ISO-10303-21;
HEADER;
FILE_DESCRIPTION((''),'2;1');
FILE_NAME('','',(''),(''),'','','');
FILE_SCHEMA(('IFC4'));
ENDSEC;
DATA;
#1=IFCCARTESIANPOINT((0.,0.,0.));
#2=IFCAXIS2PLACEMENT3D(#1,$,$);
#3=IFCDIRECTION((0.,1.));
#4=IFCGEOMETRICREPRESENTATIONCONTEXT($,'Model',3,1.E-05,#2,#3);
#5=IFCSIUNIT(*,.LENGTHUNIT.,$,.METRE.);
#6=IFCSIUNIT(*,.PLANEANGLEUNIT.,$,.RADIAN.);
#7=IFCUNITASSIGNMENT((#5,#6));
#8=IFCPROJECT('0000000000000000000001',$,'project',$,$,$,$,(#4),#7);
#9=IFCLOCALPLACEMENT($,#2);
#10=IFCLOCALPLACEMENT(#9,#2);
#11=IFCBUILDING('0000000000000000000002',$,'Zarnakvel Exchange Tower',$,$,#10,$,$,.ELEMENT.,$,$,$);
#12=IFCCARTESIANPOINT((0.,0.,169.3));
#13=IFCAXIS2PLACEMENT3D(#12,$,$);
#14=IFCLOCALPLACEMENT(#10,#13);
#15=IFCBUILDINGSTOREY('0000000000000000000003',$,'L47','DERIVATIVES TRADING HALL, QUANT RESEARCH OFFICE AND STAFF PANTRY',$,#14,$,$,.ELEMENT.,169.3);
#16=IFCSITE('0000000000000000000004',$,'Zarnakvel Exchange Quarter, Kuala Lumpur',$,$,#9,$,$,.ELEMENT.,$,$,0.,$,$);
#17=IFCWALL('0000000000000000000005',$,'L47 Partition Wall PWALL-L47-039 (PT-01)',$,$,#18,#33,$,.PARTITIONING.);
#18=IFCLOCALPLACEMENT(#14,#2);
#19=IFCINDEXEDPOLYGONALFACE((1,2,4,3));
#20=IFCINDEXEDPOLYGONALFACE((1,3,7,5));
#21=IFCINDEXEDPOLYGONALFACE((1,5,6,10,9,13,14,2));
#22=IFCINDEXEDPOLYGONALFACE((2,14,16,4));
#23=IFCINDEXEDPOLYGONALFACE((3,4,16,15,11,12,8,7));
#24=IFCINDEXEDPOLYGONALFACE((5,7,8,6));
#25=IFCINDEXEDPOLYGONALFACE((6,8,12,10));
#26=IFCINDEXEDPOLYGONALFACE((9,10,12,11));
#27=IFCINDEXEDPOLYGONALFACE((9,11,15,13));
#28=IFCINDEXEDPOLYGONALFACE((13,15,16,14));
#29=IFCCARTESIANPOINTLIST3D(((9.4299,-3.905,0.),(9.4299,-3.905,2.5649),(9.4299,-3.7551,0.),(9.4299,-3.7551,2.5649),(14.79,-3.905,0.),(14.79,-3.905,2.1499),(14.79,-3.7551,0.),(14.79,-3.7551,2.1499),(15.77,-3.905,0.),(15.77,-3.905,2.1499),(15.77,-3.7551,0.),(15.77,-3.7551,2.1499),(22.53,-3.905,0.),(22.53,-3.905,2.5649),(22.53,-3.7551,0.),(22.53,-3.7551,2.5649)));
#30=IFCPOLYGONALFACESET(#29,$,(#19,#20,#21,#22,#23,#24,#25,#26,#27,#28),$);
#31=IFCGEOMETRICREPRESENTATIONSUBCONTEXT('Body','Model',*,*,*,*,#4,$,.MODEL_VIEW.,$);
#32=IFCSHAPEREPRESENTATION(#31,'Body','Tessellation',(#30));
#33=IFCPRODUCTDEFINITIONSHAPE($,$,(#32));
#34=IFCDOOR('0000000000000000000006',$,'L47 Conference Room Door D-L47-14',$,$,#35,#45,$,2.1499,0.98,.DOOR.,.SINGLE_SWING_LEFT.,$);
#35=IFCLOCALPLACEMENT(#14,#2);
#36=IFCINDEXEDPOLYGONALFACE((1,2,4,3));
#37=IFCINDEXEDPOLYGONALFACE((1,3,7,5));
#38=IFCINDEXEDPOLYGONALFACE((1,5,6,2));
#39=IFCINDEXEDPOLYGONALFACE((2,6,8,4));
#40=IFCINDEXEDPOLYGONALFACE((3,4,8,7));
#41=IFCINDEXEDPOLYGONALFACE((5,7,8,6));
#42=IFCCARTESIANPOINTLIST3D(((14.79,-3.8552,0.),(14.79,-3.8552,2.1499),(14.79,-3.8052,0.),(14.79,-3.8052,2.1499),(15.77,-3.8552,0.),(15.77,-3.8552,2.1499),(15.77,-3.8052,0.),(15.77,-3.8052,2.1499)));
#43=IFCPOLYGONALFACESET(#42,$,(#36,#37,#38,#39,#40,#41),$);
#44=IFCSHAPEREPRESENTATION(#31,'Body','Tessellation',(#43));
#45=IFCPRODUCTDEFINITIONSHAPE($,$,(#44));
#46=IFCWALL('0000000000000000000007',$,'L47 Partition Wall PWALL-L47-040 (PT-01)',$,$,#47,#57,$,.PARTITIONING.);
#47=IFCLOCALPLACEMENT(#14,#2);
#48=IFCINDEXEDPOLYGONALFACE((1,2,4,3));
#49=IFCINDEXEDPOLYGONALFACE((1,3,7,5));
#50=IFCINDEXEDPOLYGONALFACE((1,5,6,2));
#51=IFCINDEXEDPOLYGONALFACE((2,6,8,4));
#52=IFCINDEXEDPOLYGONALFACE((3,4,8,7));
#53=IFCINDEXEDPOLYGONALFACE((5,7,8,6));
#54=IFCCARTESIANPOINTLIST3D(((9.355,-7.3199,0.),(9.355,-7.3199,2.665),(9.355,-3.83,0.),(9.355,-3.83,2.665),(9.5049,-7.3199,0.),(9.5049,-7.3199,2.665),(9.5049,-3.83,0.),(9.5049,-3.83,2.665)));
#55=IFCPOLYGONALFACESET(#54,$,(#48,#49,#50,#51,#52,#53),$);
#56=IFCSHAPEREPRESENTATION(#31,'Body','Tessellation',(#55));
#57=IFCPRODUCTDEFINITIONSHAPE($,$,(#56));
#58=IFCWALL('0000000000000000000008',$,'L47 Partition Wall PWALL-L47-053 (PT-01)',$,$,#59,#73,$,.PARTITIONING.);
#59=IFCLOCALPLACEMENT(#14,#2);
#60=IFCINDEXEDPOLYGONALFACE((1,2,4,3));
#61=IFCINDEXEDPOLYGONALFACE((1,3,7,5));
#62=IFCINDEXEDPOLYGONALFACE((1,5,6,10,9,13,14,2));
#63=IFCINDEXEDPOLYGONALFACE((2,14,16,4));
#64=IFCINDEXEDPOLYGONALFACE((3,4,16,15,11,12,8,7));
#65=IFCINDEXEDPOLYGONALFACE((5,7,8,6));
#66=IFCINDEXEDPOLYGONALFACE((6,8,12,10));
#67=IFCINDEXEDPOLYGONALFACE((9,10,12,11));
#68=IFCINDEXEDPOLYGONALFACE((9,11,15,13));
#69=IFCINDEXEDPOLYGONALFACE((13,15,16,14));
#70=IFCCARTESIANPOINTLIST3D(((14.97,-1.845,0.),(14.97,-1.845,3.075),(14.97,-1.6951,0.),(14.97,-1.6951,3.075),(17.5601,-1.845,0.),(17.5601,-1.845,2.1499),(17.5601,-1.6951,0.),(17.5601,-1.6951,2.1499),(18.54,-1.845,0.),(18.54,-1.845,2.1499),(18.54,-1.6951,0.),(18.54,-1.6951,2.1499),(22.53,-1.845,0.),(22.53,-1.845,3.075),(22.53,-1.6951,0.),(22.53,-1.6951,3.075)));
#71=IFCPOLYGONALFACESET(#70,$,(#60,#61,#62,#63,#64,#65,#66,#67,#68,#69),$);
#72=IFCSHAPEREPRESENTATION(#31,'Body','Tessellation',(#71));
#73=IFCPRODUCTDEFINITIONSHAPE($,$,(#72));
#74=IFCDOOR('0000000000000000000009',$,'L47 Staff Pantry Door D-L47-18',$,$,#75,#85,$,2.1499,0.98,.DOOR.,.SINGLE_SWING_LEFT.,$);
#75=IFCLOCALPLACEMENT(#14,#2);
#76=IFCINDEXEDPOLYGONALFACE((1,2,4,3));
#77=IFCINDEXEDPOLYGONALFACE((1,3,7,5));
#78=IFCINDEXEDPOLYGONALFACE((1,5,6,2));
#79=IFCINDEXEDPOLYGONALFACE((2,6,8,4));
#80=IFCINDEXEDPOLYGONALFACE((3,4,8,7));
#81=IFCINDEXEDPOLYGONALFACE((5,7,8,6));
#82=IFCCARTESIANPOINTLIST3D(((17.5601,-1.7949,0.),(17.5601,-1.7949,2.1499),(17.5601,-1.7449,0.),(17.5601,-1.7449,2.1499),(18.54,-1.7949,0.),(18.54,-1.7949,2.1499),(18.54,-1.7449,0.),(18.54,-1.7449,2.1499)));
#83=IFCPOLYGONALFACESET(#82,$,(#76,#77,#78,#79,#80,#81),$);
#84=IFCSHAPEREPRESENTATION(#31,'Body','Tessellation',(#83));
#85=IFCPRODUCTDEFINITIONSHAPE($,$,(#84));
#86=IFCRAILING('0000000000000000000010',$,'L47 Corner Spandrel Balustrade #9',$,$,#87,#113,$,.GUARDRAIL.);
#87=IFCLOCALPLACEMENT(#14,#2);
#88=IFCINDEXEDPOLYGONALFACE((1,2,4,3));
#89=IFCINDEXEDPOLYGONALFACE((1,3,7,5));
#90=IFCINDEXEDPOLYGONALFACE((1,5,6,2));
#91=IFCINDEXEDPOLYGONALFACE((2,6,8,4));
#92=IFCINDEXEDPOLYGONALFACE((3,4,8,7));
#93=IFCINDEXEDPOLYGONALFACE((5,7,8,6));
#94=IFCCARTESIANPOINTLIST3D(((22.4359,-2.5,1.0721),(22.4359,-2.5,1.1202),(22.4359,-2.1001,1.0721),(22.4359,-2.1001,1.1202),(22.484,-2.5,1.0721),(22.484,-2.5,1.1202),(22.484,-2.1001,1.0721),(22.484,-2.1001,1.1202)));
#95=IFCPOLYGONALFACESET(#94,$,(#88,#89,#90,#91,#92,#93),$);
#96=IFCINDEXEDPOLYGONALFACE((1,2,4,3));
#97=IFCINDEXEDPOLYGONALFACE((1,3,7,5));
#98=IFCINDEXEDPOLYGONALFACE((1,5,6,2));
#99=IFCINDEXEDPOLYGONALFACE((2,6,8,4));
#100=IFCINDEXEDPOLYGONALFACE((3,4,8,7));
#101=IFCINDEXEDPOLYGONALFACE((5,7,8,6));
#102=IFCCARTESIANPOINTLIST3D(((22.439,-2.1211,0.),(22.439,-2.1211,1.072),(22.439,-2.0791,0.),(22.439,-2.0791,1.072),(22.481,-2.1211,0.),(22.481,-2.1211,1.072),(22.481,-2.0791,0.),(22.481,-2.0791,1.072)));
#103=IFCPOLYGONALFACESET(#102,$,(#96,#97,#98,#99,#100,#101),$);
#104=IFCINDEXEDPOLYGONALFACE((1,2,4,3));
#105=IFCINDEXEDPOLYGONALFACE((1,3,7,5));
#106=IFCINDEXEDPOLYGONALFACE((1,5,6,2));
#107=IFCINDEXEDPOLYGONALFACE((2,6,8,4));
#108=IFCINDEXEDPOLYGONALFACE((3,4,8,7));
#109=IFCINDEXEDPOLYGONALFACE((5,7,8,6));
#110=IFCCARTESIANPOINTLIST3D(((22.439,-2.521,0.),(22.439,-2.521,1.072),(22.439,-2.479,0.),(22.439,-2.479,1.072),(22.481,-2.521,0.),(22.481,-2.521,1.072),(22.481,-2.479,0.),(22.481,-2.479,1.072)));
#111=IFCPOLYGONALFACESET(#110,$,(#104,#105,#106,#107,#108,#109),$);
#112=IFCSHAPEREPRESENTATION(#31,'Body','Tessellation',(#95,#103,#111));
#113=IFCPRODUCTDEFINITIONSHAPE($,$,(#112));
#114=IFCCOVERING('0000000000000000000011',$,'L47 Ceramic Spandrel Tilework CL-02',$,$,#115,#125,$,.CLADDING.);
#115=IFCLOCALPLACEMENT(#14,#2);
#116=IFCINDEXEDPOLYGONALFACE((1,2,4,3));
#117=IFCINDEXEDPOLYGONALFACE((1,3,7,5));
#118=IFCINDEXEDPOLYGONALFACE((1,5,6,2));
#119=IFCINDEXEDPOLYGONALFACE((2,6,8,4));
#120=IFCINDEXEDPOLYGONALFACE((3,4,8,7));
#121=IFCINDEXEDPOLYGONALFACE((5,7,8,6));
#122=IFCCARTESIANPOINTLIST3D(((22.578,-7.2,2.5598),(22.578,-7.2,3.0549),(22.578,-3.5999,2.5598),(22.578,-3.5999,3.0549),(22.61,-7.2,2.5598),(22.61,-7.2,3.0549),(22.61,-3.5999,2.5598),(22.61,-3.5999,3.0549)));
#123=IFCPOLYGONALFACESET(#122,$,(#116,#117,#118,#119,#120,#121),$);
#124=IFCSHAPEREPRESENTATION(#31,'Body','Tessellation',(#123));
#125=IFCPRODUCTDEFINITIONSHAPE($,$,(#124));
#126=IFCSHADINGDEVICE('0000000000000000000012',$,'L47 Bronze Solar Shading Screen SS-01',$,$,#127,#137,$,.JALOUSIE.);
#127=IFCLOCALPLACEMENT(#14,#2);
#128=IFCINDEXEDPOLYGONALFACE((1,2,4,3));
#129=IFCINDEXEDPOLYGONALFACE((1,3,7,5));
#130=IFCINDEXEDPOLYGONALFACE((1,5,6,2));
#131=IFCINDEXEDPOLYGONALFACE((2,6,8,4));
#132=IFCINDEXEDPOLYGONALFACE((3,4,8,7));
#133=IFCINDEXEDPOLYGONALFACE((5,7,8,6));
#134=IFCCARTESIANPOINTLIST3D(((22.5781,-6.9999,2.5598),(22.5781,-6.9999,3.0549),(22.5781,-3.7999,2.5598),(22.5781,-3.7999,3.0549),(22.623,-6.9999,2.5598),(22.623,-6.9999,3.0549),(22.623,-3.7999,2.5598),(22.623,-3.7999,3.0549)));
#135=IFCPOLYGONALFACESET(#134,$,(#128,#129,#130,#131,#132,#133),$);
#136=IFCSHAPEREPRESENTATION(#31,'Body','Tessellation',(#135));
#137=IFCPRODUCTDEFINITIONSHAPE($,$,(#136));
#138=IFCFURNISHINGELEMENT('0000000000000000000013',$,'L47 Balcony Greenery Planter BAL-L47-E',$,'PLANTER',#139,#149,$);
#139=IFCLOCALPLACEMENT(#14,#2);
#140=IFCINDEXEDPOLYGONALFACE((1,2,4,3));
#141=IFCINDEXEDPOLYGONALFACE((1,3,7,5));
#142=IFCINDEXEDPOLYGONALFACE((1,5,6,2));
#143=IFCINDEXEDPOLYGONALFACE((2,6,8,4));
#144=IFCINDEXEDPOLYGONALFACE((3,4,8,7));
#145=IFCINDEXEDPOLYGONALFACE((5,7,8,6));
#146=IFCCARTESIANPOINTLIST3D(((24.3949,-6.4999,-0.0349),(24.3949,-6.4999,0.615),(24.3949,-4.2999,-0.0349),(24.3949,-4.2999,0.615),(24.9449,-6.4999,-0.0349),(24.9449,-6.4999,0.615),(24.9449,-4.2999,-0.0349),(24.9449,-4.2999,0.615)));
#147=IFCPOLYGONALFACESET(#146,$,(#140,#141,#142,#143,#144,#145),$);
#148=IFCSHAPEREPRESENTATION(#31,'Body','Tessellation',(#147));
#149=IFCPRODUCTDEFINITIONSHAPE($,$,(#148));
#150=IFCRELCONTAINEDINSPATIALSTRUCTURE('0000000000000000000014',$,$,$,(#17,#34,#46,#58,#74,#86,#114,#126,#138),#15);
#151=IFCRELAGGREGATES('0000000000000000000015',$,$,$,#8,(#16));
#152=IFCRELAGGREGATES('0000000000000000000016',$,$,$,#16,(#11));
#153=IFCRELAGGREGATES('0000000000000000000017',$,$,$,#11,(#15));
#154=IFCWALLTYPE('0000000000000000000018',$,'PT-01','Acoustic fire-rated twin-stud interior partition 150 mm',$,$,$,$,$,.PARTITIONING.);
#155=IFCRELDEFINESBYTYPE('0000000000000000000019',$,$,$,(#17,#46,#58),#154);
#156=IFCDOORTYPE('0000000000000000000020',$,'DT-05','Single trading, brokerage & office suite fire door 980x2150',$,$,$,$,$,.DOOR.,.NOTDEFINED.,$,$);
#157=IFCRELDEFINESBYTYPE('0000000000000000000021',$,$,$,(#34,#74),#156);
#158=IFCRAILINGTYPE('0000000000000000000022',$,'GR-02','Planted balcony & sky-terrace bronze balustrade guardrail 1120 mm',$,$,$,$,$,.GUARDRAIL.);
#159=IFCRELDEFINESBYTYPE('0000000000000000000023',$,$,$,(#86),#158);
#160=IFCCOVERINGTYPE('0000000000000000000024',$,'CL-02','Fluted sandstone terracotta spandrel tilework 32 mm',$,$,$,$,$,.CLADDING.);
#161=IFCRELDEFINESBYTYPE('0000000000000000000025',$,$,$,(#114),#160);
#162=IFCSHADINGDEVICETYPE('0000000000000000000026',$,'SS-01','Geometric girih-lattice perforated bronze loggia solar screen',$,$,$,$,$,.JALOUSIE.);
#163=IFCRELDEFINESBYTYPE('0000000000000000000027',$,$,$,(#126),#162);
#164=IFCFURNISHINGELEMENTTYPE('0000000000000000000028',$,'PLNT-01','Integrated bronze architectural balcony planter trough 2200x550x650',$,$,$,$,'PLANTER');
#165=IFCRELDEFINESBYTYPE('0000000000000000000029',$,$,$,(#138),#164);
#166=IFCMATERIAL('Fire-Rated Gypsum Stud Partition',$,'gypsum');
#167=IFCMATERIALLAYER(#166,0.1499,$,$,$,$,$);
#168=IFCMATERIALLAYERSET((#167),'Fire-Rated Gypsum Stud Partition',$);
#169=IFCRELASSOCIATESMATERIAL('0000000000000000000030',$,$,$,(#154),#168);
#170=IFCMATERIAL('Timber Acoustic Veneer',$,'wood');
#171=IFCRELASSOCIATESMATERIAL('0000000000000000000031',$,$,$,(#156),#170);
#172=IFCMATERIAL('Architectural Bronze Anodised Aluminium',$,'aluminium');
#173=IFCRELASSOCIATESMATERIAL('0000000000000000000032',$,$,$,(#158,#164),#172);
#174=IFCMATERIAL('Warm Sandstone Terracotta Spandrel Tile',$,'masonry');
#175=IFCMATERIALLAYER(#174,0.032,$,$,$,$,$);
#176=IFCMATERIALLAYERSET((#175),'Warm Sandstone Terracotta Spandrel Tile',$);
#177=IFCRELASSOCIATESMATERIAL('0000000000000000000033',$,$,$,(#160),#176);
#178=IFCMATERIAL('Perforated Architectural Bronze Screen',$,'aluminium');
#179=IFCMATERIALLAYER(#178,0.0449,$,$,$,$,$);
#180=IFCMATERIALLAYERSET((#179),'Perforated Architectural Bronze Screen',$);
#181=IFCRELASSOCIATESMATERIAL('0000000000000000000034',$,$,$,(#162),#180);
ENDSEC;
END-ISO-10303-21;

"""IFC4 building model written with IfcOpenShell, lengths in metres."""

from ifc_helpers import new_model, si_unit, direction, frame, frame_2d, origin, origin_2d, place, context, subcontext, project, spatial, rectangle, extrude, source, transform, mapped, material, layer, layer_set, type_object, element, fill, save


model = new_model("IFC4")

# Units and contexts
model_context = context("Model", 3, precision=1e-05, world=origin(), true_north=direction((0.0, 1.0)))
body_context = subcontext(model_context, "Body", "Model", "MODEL_VIEW")
ifc_project = project(units=[si_unit("LENGTHUNIT", "METRE"), si_unit("PLANEANGLEUNIT", "RADIAN")], contexts=[model_context])

# Site, building, storey
site_placement = place(None, origin())
site = spatial("IfcSite", under=ifc_project, at=site_placement, Name="Zarnakvel Exchange Quarter, Kuala Lumpur", CompositionType="ELEMENT", RefElevation=0.0)
building_placement = place(site_placement, origin())
building = spatial("IfcBuilding", under=site, at=building_placement, Name="Zarnakvel Exchange Tower", CompositionType="ELEMENT")
storey_placement = place(building_placement, frame((0.0, 0.0, 169.3)))
storey = spatial("IfcBuildingStorey", under=building, at=storey_placement, Name="L47", Description="DERIVATIVES TRADING HALL, QUANT RESEARCH OFFICE AND STAFF PANTRY", CompositionType="ELEMENT", Elevation=169.3)

# Shared definitions
ifc_material_1 = material(Name="Architectural Bronze Anodised Aluminium", Category="aluminium")

# Wall, opening, door
ifc_material_2 = material(Name="Fire-Rated Gypsum Stud Partition", Category="gypsum")
ifc_layer_1 = layer(ifc_material_2, 0.1499)
ifc_layer_set_1 = layer_set([ifc_layer_1], Name="Fire-Rated Gypsum Stud Partition")
wall_type_1 = type_object("IfcWallType", Name="PT-01", Description="Acoustic fire-rated twin-stud interior partition 150 mm", PredefinedType="PARTITIONING", material=ifc_layer_set_1)
ifc_material_3 = material(Name="Timber Acoustic Veneer", Category="wood")
door_type_1 = type_object("IfcDoorType", Name="DT-05", Description="Single trading, brokerage & office suite fire door 980x2150", OperationType="NOTDEFINED", PredefinedType="DOOR", material=ifc_material_3)
shared_shape_1 = source(origin(), body_context, "Body", "SweptSolid", [
    extrude(rectangle(XDim=0.98, YDim=2.1499, at=frame_2d((0.49, 1.075))), frame((0.0, 0.0249, 0.0), z_axis=(0.0, -1.0, 0.0), x_axis=(1.0, 0.0, 0.0)), (0.0, 0.0, 1.0), 0.05),
])
wall_1_placement = place(storey_placement, frame((9.4299, -3.8301, 0.0), z_axis=(0.0, 0.0, 1.0), x_axis=(1.0, 0.0, 0.0)))
wall_1 = element("IfcWall", 1, at=wall_1_placement, inside=storey, type_object=wall_type_1, Name="L47 Partition Wall PWALL-L47-039 (PT-01)", PredefinedType="PARTITIONING", context=body_context, shape_type="SweptSolid", body=[
    extrude(rectangle(XDim=13.1001, YDim=0.1499, at=frame_2d((6.55, 0.0))), origin(), (0.0, 0.0, 1.0), 2.5649),
])
opening_1_placement = place(wall_1_placement, frame((5.3601, 0.0, 0.0)))
opening_1 = element("IfcOpeningElement", 2, at=opening_1_placement, cuts=wall_1, PredefinedType="OPENING", context=body_context, shape_type="SweptSolid", body=[
    extrude(rectangle(XDim=0.98, YDim=2.1499, at=frame_2d((0.49, 1.075))), frame((0.0, 0.085, 0.0), z_axis=(0.0, -1.0, 0.0), x_axis=(1.0, 0.0, 0.0)), (0.0, 0.0, 1.0), 0.1699),
])
door_1_placement = place(opening_1_placement, origin())
door_1 = element("IfcDoor", 3, at=door_1_placement, inside=storey, type_object=door_type_1, Name="L47 Conference Room Door D-L47-14", OperationType="SINGLE_SWING_LEFT", OverallHeight=2.1499, OverallWidth=0.98, PredefinedType="DOOR", context=body_context, shape_type="MappedRepresentation", body=[
    mapped(shared_shape_1, transform((0.0, 0.0, 0.0), x_axis=(1.0, 0.0, 0.0), y_axis=(0.0, 1.0, 0.0), z_axis=(0.0, 0.0, 1.0), scale=1.0)),
])
fill(opening_1, door_1)

# Wall
wall_2_placement = place(storey_placement, frame((9.4299, -7.3201, 0.0), z_axis=(0.0, 0.0, 1.0), x_axis=(0.0, 1.0, 0.0)))
element("IfcWall", 4, at=wall_2_placement, inside=storey, type_object=wall_type_1, Name="L47 Partition Wall PWALL-L47-040 (PT-01)", PredefinedType="PARTITIONING", context=body_context, shape_type="SweptSolid", body=[
    extrude(rectangle(XDim=3.49, YDim=0.1499, at=frame_2d((1.7451, 0.0))), origin(), (0.0, 0.0, 1.0), 2.665),
])

# Wall, opening, door
wall_3_placement = place(storey_placement, frame((22.53, -1.77, 0.0), z_axis=(0.0, 0.0, 1.0), x_axis=(-1.0, 0.0, 0.0)))
wall_3 = element("IfcWall", 5, at=wall_3_placement, inside=storey, type_object=wall_type_1, Name="L47 Partition Wall PWALL-L47-053 (PT-01)", PredefinedType="PARTITIONING", context=body_context, shape_type="SweptSolid", body=[
    extrude(rectangle(XDim=7.5601, YDim=0.1499, at=frame_2d((3.78, 0.0))), origin(), (0.0, 0.0, 1.0), 3.075),
])
opening_2_placement = place(wall_3_placement, frame((3.99, 0.0, 0.0)))
opening_2 = element("IfcOpeningElement", 6, at=opening_2_placement, cuts=wall_3, PredefinedType="OPENING", context=body_context, shape_type="SweptSolid", body=[
    extrude(rectangle(XDim=0.98, YDim=2.1499, at=frame_2d((0.49, 1.075))), frame((0.0, 0.085, 0.0), z_axis=(0.0, -1.0, 0.0), x_axis=(1.0, 0.0, 0.0)), (0.0, 0.0, 1.0), 0.1699),
])
door_2_placement = place(opening_2_placement, origin())
door_2 = element("IfcDoor", 7, at=door_2_placement, inside=storey, type_object=door_type_1, Name="L47 Staff Pantry Door D-L47-18", OperationType="SINGLE_SWING_LEFT", OverallHeight=2.1499, OverallWidth=0.98, PredefinedType="DOOR", context=body_context, shape_type="MappedRepresentation", body=[
    mapped(shared_shape_1, transform((0.0, 0.0, 0.0), x_axis=(1.0, 0.0, 0.0), y_axis=(0.0, 1.0, 0.0), z_axis=(0.0, 0.0, 1.0), scale=1.0)),
])
fill(opening_2, door_2)

# Railing
railing_type = type_object("IfcRailingType", Name="GR-02", Description="Planted balcony & sky-terrace bronze balustrade guardrail 1120 mm", PredefinedType="GUARDRAIL", material=ifc_material_1)
railing_placement = place(storey_placement, frame((22.46, -2.1001, 0.0)))
element("IfcRailing", 8, at=railing_placement, inside=storey, type_object=railing_type, Name="L47 Corner Spandrel Balustrade #9", PredefinedType="GUARDRAIL", context=body_context, shape_type="SweptSolid", body=[
    extrude(rectangle(XDim=0.0481, YDim=0.0481, at=origin_2d()), frame((0.0, 0.0, 1.0962), z_axis=(0.0, -1.0, 0.0), x_axis=(1.0, 0.0, 0.0)), (0.0, 0.0, 1.0), 0.3999),
    extrude(rectangle(XDim=0.042, YDim=0.042, at=origin_2d()), origin(), (0.0, 0.0, 1.0), 1.072),
    extrude(rectangle(XDim=0.042, YDim=0.042, at=origin_2d()), frame((0.0, -0.3999, 0.0)), (0.0, 0.0, 1.0), 1.072),
])

# Covering
ifc_material_4 = material(Name="Warm Sandstone Terracotta Spandrel Tile", Category="masonry")
ifc_layer_2 = layer(ifc_material_4, 0.032)
ifc_layer_set_2 = layer_set([ifc_layer_2], Name="Warm Sandstone Terracotta Spandrel Tile")
covering_type = type_object("IfcCoveringType", Name="CL-02", Description="Fluted sandstone terracotta spandrel tilework 32 mm", PredefinedType="CLADDING", material=ifc_layer_set_2)
shared_shape_2 = source(origin(), body_context, "Body", "SweptSolid", [
    extrude(rectangle(XDim=3.6001, YDim=0.032, at=origin_2d()), origin(), (0.0, 0.0, 1.0), 0.4951),
])
covering_placement = place(storey_placement, frame((22.594, -5.3999, 2.5598), z_axis=(0.0, 0.0, 1.0), x_axis=(0.0, -1.0, 0.0)))
element("IfcCovering", 9, at=covering_placement, inside=storey, type_object=covering_type, Name="L47 Ceramic Spandrel Tilework CL-02", PredefinedType="CLADDING", context=body_context, shape_type="MappedRepresentation", body=[
    mapped(shared_shape_2, transform((0.0, 0.0, 0.0), x_axis=(1.0, 0.0, 0.0), y_axis=(0.0, 1.0, 0.0), z_axis=(0.0, 0.0, 1.0), scale=1.0)),
])

# Shading device
ifc_material_5 = material(Name="Perforated Architectural Bronze Screen", Category="aluminium")
ifc_layer_3 = layer(ifc_material_5, 0.0449)
ifc_layer_set_3 = layer_set([ifc_layer_3], Name="Perforated Architectural Bronze Screen")
shading_device_type = type_object("IfcShadingDeviceType", Name="SS-01", Description="Geometric girih-lattice perforated bronze loggia solar screen", PredefinedType="JALOUSIE", material=ifc_layer_set_3)
shared_shape_3 = source(origin(), body_context, "Body", "SweptSolid", [
    extrude(rectangle(XDim=3.2, YDim=0.0449, at=origin_2d()), origin(), (0.0, 0.0, 1.0), 0.4951),
])
shading_device_placement = place(storey_placement, frame((22.6006, -5.3999, 2.5598), z_axis=(0.0, 0.0, 1.0), x_axis=(0.0, -1.0, 0.0)))
element("IfcShadingDevice", 10, at=shading_device_placement, inside=storey, type_object=shading_device_type, Name="L47 Bronze Solar Shading Screen SS-01", PredefinedType="JALOUSIE", context=body_context, shape_type="MappedRepresentation", body=[
    mapped(shared_shape_3, transform((0.0, 0.0, 0.0), x_axis=(1.0, 0.0, 0.0), y_axis=(0.0, 1.0, 0.0), z_axis=(0.0, 0.0, 1.0), scale=1.0)),
])

# Furnishing element
furnishing_element_type = type_object("IfcFurnishingElementType", Name="PLNT-01", Description="Integrated bronze architectural balcony planter trough 2200x550x650", ElementType="PLANTER", material=ifc_material_1)
shared_shape_4 = source(origin(), body_context, "Body", "SweptSolid", [
    extrude(rectangle(XDim=2.2, YDim=0.55, at=origin_2d()), origin(), (0.0, 0.0, 1.0), 0.6499),
])
furnishing_placement = place(storey_placement, frame((24.6699, -5.3999, -0.0349), z_axis=(0.0, 0.0, 1.0), x_axis=(0.0, 1.0, 0.0)))
element("IfcFurnishingElement", 11, at=furnishing_placement, inside=storey, type_object=furnishing_element_type, Name="L47 Balcony Greenery Planter BAL-L47-E", ObjectType="PLANTER", context=body_context, shape_type="MappedRepresentation", body=[
    mapped(shared_shape_4, transform((0.0, 0.0, 0.0), x_axis=(1.0, 0.0, 0.0), y_axis=(0.0, 1.0, 0.0), z_axis=(0.0, 0.0, 1.0), scale=1.0)),
])

save(model, "model.ifc")
